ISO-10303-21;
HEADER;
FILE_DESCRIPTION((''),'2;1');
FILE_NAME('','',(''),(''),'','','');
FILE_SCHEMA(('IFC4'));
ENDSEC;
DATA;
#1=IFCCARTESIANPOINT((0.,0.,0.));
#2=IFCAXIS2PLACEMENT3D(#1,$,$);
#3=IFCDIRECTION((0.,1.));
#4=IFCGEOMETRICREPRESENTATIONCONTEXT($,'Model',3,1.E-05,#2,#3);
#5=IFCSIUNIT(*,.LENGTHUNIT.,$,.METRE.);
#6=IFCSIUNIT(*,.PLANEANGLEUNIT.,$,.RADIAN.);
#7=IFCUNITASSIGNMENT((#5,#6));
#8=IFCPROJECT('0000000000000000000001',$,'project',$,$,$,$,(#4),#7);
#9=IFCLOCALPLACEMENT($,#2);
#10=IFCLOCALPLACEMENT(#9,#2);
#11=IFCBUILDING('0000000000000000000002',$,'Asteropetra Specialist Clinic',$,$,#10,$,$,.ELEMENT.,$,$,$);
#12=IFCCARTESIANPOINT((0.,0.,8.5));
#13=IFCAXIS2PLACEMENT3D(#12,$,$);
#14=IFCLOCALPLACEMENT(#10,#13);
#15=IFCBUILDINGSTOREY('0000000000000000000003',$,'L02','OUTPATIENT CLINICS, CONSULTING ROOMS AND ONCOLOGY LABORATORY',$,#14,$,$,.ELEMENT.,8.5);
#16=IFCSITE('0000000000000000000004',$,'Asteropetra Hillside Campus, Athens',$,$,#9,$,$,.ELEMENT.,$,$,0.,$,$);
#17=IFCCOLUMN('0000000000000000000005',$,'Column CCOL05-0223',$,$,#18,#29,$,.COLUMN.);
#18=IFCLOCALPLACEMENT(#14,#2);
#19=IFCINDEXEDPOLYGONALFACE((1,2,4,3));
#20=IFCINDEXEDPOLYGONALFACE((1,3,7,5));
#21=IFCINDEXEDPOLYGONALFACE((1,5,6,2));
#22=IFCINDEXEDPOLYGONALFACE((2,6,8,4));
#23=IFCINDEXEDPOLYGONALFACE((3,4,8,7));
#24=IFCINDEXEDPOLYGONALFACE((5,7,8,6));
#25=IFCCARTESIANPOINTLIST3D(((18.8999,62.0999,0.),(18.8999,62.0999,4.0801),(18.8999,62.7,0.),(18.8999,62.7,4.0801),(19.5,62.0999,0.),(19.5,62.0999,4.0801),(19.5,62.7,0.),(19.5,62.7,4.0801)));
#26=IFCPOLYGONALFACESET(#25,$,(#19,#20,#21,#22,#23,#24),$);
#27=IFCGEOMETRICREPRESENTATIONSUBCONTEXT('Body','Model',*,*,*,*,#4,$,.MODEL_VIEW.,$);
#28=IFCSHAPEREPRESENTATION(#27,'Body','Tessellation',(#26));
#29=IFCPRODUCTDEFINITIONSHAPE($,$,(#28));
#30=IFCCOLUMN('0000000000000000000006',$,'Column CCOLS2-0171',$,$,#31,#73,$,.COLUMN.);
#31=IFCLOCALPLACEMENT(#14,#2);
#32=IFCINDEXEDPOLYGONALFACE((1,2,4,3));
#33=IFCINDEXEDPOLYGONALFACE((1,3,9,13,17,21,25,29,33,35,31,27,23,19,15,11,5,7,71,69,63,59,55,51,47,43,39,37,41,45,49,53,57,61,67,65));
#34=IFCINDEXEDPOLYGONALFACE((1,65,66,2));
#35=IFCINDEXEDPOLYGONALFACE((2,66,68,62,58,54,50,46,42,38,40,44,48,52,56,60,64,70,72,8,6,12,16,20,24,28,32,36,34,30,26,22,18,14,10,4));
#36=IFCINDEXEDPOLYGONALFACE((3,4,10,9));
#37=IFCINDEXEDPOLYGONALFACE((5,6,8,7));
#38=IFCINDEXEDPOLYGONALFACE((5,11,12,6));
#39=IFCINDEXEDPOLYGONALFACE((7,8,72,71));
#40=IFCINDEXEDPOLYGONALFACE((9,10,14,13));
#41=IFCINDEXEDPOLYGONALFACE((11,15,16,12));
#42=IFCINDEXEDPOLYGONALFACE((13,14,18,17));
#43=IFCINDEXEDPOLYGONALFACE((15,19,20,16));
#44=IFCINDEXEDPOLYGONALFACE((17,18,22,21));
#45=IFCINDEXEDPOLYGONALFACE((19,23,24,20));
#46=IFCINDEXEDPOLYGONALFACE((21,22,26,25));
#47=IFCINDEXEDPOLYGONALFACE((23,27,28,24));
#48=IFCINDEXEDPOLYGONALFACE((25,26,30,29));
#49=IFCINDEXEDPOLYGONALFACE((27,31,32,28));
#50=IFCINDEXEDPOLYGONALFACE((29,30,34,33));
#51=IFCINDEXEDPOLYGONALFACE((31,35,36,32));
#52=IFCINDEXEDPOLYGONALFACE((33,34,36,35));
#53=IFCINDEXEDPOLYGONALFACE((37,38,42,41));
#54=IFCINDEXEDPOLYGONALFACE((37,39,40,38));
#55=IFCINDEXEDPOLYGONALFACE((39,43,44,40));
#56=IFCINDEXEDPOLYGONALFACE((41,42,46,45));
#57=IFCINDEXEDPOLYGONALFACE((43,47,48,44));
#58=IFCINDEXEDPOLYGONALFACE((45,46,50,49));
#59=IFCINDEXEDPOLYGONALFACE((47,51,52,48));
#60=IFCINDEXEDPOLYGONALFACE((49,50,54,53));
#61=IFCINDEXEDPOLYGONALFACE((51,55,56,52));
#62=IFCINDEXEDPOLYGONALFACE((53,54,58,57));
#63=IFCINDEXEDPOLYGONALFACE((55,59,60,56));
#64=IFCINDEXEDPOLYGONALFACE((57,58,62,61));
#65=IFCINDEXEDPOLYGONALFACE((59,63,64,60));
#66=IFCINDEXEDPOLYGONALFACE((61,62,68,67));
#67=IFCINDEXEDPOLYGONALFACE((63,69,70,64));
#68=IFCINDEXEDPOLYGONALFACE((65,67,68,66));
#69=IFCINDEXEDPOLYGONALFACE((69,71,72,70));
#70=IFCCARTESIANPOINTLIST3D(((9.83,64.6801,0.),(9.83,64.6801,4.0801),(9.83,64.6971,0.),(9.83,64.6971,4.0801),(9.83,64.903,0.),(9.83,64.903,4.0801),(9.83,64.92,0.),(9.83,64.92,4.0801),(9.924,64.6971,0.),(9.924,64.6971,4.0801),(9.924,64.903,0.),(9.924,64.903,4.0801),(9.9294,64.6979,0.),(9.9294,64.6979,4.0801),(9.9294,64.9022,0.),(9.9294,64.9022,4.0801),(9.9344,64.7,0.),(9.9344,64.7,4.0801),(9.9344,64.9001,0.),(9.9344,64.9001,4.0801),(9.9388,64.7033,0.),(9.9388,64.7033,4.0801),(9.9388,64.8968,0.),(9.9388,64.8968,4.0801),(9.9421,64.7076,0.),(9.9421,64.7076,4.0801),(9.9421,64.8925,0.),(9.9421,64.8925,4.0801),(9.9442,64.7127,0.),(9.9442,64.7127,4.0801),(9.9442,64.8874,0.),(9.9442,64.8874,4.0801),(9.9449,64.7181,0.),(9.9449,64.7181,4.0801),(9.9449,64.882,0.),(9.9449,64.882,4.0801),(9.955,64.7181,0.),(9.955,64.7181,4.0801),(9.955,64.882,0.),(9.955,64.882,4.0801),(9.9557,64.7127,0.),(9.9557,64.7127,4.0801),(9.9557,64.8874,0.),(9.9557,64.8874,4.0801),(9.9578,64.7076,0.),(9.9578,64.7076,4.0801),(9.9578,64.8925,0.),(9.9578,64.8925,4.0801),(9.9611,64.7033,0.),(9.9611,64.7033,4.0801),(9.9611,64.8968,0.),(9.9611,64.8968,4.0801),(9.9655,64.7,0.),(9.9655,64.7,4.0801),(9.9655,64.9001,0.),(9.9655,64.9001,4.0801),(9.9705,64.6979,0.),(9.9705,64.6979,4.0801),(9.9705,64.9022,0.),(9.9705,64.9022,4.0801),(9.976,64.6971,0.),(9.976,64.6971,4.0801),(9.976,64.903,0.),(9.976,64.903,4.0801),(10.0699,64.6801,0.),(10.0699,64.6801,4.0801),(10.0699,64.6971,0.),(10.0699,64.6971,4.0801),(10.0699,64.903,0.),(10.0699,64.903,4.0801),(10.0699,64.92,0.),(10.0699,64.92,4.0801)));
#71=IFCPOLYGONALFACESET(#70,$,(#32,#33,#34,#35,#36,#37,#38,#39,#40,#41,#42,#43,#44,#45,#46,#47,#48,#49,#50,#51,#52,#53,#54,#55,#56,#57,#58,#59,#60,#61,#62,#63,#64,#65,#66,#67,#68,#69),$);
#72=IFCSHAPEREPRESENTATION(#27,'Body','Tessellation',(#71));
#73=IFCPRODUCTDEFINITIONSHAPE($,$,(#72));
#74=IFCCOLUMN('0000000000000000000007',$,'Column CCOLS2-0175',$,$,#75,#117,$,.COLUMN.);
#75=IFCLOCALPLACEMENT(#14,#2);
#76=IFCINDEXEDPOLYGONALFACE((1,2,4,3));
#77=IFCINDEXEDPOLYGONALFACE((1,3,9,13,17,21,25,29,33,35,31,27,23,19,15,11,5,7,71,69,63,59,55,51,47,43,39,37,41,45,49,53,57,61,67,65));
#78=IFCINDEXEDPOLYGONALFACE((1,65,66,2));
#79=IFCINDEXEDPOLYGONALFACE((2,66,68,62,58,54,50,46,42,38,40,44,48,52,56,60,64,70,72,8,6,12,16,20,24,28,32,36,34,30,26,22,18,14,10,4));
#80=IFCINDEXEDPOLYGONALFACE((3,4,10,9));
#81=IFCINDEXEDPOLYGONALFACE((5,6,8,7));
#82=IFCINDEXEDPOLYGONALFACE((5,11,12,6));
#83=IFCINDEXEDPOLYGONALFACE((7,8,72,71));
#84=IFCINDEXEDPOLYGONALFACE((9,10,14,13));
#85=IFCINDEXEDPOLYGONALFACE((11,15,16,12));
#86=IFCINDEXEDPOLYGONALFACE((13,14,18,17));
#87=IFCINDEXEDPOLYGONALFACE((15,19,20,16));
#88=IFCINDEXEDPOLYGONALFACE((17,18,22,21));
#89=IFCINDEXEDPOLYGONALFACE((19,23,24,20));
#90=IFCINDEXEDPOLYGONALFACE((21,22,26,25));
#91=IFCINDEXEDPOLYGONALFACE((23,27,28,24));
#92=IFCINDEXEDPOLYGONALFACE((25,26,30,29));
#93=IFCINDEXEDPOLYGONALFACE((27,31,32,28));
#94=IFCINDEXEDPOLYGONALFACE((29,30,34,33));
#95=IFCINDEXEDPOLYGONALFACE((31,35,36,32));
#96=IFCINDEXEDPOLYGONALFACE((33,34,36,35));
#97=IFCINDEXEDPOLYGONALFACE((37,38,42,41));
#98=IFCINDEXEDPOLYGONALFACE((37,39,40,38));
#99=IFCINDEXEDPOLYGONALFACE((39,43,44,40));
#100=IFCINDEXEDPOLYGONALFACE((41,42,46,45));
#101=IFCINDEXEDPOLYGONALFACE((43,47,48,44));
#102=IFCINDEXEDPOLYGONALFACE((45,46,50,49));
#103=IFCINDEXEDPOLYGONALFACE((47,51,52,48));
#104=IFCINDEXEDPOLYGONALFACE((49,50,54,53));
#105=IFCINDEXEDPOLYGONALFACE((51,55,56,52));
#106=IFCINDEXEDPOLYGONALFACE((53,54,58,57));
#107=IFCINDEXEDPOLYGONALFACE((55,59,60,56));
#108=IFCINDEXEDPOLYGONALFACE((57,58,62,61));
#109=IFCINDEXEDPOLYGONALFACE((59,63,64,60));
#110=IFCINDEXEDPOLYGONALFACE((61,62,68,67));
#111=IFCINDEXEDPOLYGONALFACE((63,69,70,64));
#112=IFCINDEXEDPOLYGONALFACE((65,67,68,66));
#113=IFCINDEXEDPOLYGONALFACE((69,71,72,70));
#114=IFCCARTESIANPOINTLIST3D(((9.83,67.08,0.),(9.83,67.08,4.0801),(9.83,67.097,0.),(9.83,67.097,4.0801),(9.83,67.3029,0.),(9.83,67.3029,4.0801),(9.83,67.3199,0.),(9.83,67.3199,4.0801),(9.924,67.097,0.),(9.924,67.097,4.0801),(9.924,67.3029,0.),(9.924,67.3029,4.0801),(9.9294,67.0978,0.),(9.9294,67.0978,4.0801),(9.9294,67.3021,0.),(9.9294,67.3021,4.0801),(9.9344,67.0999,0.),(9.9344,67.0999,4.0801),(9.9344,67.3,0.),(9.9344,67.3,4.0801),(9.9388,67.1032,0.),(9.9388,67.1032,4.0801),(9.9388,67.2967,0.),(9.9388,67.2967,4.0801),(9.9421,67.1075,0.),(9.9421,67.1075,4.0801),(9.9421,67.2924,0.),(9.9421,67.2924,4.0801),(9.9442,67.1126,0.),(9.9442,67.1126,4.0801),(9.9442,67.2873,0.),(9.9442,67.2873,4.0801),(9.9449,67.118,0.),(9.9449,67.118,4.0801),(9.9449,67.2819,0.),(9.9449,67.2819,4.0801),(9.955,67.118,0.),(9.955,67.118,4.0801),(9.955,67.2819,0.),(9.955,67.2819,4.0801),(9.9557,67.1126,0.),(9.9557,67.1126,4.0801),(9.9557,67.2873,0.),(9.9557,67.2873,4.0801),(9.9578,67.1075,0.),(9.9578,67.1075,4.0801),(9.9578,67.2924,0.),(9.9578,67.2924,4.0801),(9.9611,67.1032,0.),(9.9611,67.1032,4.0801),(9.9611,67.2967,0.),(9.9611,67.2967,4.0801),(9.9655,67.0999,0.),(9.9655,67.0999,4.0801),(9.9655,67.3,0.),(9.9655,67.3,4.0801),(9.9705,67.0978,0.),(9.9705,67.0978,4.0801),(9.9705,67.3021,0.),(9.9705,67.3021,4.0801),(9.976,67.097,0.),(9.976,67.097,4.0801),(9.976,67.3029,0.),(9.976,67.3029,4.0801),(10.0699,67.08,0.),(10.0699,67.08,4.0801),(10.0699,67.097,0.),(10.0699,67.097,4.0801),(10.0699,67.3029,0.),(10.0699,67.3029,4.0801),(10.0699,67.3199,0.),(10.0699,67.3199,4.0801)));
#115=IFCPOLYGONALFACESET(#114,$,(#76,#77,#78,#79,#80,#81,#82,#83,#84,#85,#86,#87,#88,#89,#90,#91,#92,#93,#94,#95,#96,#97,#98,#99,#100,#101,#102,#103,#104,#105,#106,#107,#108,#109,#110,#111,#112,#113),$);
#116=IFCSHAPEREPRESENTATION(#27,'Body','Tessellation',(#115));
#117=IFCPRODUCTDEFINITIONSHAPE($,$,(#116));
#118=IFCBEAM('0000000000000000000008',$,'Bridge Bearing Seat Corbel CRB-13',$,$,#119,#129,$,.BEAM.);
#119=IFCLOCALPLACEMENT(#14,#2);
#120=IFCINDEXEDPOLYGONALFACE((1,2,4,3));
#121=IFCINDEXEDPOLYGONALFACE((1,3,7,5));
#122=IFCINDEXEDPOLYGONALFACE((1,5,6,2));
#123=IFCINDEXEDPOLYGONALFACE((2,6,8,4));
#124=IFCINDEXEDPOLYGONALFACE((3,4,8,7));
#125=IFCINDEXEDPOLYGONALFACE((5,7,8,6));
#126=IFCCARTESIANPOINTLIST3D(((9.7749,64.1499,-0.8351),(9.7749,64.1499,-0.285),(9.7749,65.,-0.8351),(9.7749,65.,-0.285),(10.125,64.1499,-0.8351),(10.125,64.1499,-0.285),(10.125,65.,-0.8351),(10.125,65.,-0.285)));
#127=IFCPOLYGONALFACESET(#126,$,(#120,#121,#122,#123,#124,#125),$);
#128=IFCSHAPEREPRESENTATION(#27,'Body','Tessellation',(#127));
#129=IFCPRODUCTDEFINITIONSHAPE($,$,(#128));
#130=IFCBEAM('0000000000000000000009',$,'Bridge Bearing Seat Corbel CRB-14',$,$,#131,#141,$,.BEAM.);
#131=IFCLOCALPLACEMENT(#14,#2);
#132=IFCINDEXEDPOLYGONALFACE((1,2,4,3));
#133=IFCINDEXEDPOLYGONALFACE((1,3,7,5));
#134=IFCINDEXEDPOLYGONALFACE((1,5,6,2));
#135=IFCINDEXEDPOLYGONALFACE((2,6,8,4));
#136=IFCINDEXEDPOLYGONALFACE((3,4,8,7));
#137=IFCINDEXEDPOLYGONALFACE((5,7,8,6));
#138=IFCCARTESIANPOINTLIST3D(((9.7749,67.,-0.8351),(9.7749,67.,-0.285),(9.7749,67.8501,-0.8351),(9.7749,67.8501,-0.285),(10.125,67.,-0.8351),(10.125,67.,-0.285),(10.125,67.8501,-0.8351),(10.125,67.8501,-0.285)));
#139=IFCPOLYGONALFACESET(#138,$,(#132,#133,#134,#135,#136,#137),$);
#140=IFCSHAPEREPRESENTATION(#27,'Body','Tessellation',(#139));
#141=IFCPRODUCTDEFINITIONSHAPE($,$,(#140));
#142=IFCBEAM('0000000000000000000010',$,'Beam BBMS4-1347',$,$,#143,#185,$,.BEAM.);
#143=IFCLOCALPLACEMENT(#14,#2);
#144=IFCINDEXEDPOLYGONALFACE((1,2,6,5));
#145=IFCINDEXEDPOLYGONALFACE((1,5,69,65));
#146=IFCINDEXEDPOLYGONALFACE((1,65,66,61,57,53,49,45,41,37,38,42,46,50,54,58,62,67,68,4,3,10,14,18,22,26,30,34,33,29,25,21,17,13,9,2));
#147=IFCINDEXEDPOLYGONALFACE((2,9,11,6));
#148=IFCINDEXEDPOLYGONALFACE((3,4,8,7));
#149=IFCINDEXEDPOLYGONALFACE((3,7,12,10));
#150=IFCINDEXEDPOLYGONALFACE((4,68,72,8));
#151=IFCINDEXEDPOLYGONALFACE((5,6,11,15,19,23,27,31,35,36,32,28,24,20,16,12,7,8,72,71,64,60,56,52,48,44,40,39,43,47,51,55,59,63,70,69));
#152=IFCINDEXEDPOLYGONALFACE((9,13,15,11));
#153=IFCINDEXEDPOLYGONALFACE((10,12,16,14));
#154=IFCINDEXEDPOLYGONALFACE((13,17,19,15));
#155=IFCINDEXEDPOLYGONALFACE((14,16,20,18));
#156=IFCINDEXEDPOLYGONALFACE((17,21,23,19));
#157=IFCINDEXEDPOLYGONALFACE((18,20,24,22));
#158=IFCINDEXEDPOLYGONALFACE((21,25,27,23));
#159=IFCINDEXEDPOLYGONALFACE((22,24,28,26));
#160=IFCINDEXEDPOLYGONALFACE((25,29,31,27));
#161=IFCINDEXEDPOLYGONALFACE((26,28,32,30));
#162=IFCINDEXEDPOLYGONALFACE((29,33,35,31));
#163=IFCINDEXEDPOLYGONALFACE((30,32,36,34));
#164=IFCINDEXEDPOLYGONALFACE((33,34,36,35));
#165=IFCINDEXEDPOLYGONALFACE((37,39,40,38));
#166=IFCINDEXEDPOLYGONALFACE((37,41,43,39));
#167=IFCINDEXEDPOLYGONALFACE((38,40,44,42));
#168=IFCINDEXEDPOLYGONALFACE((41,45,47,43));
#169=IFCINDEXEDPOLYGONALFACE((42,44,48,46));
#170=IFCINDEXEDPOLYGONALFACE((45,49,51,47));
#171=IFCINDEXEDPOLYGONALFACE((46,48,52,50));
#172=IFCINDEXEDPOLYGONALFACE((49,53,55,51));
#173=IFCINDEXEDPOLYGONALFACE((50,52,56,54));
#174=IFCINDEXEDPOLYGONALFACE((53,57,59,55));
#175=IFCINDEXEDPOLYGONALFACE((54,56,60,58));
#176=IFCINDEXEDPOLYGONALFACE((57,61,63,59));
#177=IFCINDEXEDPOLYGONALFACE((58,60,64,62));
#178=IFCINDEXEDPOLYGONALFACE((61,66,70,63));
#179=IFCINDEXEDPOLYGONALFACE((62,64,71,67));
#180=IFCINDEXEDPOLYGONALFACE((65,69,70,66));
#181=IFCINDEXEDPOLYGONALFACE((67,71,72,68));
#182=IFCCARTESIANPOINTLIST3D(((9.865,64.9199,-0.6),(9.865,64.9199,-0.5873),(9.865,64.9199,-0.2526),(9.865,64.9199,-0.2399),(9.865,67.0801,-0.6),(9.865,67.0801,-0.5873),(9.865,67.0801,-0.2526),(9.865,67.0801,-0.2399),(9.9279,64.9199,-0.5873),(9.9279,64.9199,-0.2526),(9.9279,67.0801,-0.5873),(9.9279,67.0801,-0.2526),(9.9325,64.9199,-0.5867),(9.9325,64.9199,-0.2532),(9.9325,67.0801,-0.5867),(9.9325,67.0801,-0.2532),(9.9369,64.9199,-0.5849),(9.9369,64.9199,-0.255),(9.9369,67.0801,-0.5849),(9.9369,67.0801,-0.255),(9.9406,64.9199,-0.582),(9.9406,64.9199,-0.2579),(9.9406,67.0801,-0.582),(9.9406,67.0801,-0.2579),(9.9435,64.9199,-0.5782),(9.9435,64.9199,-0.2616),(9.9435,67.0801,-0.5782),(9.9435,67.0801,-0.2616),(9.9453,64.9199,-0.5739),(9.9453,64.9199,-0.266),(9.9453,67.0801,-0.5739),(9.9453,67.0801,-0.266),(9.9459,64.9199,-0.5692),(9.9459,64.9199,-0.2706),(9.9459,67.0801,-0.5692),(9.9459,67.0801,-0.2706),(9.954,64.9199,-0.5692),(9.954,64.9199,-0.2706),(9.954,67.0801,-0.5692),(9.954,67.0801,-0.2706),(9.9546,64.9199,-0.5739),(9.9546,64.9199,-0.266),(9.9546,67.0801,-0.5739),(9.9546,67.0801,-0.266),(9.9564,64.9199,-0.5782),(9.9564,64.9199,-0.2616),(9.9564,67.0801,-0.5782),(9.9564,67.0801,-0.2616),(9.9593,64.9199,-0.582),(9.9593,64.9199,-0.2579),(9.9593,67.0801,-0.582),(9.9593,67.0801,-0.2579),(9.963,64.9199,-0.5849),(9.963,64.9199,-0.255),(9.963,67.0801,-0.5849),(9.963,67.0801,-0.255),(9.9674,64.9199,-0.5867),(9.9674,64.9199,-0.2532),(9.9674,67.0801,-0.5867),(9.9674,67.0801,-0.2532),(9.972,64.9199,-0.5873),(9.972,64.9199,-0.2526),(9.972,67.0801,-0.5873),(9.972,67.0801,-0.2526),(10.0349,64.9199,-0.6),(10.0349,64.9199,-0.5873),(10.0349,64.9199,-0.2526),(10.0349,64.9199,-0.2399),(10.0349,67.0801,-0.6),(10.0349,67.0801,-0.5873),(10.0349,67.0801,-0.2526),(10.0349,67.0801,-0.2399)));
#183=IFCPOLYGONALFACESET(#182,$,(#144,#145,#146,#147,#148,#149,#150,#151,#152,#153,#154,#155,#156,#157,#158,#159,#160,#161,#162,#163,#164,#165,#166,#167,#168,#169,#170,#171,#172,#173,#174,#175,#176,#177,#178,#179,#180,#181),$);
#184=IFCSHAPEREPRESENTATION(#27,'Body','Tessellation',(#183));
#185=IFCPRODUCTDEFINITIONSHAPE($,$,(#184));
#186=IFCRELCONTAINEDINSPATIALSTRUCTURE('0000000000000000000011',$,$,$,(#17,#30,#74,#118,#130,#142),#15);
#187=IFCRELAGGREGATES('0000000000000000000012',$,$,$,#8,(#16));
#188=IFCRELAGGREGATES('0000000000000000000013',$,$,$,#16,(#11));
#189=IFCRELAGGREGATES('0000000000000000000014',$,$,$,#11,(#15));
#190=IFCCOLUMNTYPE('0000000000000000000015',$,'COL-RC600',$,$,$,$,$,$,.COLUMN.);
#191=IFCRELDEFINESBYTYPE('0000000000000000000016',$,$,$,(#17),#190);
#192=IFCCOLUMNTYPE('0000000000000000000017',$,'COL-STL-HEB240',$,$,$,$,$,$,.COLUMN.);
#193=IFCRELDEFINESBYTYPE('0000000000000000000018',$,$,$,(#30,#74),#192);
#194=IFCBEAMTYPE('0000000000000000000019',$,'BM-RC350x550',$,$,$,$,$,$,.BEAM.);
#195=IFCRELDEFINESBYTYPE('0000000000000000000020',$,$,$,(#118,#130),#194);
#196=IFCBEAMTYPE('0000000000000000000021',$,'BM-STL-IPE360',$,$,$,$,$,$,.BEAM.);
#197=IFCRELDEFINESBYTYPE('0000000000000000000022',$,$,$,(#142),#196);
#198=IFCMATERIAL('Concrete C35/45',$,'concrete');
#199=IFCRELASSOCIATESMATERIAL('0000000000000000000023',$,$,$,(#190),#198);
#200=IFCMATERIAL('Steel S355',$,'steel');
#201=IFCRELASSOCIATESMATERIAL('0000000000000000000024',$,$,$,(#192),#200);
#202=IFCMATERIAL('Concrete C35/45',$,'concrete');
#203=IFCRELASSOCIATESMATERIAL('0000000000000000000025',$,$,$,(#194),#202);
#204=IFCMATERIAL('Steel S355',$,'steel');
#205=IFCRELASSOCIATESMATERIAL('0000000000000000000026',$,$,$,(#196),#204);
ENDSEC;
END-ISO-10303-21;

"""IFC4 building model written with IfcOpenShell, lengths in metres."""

from ifc_helpers import new_model, si_unit, direction, frame, origin, origin_2d, place, context, subcontext, project, spatial, rectangle, i_section, extrude, material, material_profile, profile_set, type_object, element, save


model = new_model("IFC4")

# Units and contexts
model_context = context("Model", 3, precision=1e-05, world=origin(), true_north=direction((0.0, 1.0)))
body_context = subcontext(model_context, "Body", "Model", "MODEL_VIEW")
ifc_project = project(units=[si_unit("LENGTHUNIT", "METRE"), si_unit("PLANEANGLEUNIT", "RADIAN")], contexts=[model_context])

# Site, building, storey
site_placement = place(None, origin())
site = spatial("IfcSite", under=ifc_project, at=site_placement, Name="Asteropetra Hillside Campus, Athens", CompositionType="ELEMENT", RefElevation=0.0)
building_placement = place(site_placement, origin())
building = spatial("IfcBuilding", under=site, at=building_placement, Name="Asteropetra Specialist Clinic", CompositionType="ELEMENT")
storey_placement = place(building_placement, frame((0.0, 0.0, 8.5)))
storey = spatial("IfcBuildingStorey", under=building, at=storey_placement, Name="L02", Description="OUTPATIENT CLINICS, CONSULTING ROOMS AND ONCOLOGY LABORATORY", CompositionType="ELEMENT", Elevation=8.5)

# Columns
ifc_material_1 = material(Name="Concrete C35/45", Category="concrete")
ifc_material_profile_1 = material_profile(ifc_material_1, rectangle(XDim=0.6001, YDim=0.6001, at=origin_2d()), Name="RC 600x600")
ifc_profile_set_1 = profile_set([ifc_material_profile_1], Name="Concrete C35/45")
column_type_1 = type_object("IfcColumnType", Name="COL-RC600", PredefinedType="COLUMN", material=ifc_profile_set_1)
column_placement = place(storey_placement, frame((19.2, 62.3999, 0.0), z_axis=(0.0, 0.0, 1.0), x_axis=(1.0, 0.0, 0.0)))
element("IfcColumn", 1, at=column_placement, inside=storey, type_object=column_type_1, Name="Column CCOL05-0223", PredefinedType="COLUMN", context=body_context, shape_type="SweptSolid", body=[
    extrude(rectangle(XDim=0.6001, YDim=0.6001, at=origin_2d()), origin(), (0.0, 0.0, 1.0), 4.0801),
])
ifc_material_2 = material(Name="Steel S355", Category="steel")
ifc_material_profile_2 = material_profile(ifc_material_2, i_section(OverallWidth=0.24, OverallDepth=0.24, WebThickness=0.01, FlangeThickness=0.0171, FilletRadius=0.021, at=origin_2d()), Name="HEB 240")
ifc_profile_set_2 = profile_set([ifc_material_profile_2], Name="Steel S355")
column_type_2 = type_object("IfcColumnType", Name="COL-STL-HEB240", PredefinedType="COLUMN", material=ifc_profile_set_2)
for number, where, z_axis, x_axis, name in (
    (2, (9.95, 64.8, 0.0), (0.0, 0.0, 1.0), (1.0, 0.0, 0.0), "Column CCOLS2-0171"),
    (3, (9.95, 67.2, 0.0), (0.0, 0.0, 1.0), (1.0, 0.0, 0.0), "Column CCOLS2-0175"),
):
    element("IfcColumn", number, at=place(storey_placement, frame(where, z_axis=z_axis, x_axis=x_axis)), inside=storey, type_object=column_type_2, Name=name, PredefinedType="COLUMN", context=body_context, shape_type="SweptSolid", body=[
        extrude(i_section(OverallWidth=0.24, OverallDepth=0.24, WebThickness=0.01, FlangeThickness=0.0171, FilletRadius=0.021, at=origin_2d()), origin(), (0.0, 0.0, 1.0), 4.0801),
    ])

# Beams
ifc_material_3 = material(Name="Concrete C35/45", Category="concrete")
ifc_material_profile_3 = material_profile(ifc_material_3, rectangle(XDim=0.3501, YDim=0.55, at=origin_2d()), Name="RCB 350x550")
ifc_profile_set_3 = profile_set([ifc_material_profile_3], Name="Concrete C35/45")
beam_type_1 = type_object("IfcBeamType", Name="BM-RC350x550", PredefinedType="BEAM", material=ifc_profile_set_3)
for number, where, z_axis, x_axis, name in (
    (4, (9.95, 65.0, -0.5601), (0.0, -1.0, 0.0), (1.0, 0.0, 0.0), "Bridge Bearing Seat Corbel CRB-13"),
    (5, (9.95, 67.0, -0.5601), (0.0, 1.0, 0.0), (-1.0, 0.0, 0.0), "Bridge Bearing Seat Corbel CRB-14"),
):
    element("IfcBeam", number, at=place(storey_placement, frame(where, z_axis=z_axis, x_axis=x_axis)), inside=storey, type_object=beam_type_1, Name=name, PredefinedType="BEAM", context=body_context, shape_type="SweptSolid", body=[
        extrude(rectangle(XDim=0.3501, YDim=0.55, at=origin_2d()), origin(), (0.0, 0.0, 1.0), 0.8501),
    ])
ifc_material_4 = material(Name="Steel S355", Category="steel")
ifc_material_profile_4 = material_profile(ifc_material_4, i_section(OverallWidth=0.1699, OverallDepth=0.3601, WebThickness=0.0081, FlangeThickness=0.0127, FilletRadius=0.0181, at=origin_2d()), Name="IPE 360")
ifc_profile_set_4 = profile_set([ifc_material_profile_4], Name="Steel S355")
beam_type_2 = type_object("IfcBeamType", Name="BM-STL-IPE360", PredefinedType="BEAM", material=ifc_profile_set_4)
beam_1_placement = place(storey_placement, frame((9.95, 64.9199, -0.4199), z_axis=(0.0, 1.0, 0.0), x_axis=(-1.0, 0.0, 0.0)))
element("IfcBeam", 6, at=beam_1_placement, inside=storey, type_object=beam_type_2, Name="Beam BBMS4-1347", PredefinedType="BEAM", context=body_context, shape_type="SweptSolid", body=[
    extrude(i_section(OverallWidth=0.1699, OverallDepth=0.3601, WebThickness=0.0081, FlangeThickness=0.0127, FilletRadius=0.0181, at=origin_2d()), origin(), (0.0, 0.0, 1.0), 2.1602),
])

save(model, "model.ifc")
